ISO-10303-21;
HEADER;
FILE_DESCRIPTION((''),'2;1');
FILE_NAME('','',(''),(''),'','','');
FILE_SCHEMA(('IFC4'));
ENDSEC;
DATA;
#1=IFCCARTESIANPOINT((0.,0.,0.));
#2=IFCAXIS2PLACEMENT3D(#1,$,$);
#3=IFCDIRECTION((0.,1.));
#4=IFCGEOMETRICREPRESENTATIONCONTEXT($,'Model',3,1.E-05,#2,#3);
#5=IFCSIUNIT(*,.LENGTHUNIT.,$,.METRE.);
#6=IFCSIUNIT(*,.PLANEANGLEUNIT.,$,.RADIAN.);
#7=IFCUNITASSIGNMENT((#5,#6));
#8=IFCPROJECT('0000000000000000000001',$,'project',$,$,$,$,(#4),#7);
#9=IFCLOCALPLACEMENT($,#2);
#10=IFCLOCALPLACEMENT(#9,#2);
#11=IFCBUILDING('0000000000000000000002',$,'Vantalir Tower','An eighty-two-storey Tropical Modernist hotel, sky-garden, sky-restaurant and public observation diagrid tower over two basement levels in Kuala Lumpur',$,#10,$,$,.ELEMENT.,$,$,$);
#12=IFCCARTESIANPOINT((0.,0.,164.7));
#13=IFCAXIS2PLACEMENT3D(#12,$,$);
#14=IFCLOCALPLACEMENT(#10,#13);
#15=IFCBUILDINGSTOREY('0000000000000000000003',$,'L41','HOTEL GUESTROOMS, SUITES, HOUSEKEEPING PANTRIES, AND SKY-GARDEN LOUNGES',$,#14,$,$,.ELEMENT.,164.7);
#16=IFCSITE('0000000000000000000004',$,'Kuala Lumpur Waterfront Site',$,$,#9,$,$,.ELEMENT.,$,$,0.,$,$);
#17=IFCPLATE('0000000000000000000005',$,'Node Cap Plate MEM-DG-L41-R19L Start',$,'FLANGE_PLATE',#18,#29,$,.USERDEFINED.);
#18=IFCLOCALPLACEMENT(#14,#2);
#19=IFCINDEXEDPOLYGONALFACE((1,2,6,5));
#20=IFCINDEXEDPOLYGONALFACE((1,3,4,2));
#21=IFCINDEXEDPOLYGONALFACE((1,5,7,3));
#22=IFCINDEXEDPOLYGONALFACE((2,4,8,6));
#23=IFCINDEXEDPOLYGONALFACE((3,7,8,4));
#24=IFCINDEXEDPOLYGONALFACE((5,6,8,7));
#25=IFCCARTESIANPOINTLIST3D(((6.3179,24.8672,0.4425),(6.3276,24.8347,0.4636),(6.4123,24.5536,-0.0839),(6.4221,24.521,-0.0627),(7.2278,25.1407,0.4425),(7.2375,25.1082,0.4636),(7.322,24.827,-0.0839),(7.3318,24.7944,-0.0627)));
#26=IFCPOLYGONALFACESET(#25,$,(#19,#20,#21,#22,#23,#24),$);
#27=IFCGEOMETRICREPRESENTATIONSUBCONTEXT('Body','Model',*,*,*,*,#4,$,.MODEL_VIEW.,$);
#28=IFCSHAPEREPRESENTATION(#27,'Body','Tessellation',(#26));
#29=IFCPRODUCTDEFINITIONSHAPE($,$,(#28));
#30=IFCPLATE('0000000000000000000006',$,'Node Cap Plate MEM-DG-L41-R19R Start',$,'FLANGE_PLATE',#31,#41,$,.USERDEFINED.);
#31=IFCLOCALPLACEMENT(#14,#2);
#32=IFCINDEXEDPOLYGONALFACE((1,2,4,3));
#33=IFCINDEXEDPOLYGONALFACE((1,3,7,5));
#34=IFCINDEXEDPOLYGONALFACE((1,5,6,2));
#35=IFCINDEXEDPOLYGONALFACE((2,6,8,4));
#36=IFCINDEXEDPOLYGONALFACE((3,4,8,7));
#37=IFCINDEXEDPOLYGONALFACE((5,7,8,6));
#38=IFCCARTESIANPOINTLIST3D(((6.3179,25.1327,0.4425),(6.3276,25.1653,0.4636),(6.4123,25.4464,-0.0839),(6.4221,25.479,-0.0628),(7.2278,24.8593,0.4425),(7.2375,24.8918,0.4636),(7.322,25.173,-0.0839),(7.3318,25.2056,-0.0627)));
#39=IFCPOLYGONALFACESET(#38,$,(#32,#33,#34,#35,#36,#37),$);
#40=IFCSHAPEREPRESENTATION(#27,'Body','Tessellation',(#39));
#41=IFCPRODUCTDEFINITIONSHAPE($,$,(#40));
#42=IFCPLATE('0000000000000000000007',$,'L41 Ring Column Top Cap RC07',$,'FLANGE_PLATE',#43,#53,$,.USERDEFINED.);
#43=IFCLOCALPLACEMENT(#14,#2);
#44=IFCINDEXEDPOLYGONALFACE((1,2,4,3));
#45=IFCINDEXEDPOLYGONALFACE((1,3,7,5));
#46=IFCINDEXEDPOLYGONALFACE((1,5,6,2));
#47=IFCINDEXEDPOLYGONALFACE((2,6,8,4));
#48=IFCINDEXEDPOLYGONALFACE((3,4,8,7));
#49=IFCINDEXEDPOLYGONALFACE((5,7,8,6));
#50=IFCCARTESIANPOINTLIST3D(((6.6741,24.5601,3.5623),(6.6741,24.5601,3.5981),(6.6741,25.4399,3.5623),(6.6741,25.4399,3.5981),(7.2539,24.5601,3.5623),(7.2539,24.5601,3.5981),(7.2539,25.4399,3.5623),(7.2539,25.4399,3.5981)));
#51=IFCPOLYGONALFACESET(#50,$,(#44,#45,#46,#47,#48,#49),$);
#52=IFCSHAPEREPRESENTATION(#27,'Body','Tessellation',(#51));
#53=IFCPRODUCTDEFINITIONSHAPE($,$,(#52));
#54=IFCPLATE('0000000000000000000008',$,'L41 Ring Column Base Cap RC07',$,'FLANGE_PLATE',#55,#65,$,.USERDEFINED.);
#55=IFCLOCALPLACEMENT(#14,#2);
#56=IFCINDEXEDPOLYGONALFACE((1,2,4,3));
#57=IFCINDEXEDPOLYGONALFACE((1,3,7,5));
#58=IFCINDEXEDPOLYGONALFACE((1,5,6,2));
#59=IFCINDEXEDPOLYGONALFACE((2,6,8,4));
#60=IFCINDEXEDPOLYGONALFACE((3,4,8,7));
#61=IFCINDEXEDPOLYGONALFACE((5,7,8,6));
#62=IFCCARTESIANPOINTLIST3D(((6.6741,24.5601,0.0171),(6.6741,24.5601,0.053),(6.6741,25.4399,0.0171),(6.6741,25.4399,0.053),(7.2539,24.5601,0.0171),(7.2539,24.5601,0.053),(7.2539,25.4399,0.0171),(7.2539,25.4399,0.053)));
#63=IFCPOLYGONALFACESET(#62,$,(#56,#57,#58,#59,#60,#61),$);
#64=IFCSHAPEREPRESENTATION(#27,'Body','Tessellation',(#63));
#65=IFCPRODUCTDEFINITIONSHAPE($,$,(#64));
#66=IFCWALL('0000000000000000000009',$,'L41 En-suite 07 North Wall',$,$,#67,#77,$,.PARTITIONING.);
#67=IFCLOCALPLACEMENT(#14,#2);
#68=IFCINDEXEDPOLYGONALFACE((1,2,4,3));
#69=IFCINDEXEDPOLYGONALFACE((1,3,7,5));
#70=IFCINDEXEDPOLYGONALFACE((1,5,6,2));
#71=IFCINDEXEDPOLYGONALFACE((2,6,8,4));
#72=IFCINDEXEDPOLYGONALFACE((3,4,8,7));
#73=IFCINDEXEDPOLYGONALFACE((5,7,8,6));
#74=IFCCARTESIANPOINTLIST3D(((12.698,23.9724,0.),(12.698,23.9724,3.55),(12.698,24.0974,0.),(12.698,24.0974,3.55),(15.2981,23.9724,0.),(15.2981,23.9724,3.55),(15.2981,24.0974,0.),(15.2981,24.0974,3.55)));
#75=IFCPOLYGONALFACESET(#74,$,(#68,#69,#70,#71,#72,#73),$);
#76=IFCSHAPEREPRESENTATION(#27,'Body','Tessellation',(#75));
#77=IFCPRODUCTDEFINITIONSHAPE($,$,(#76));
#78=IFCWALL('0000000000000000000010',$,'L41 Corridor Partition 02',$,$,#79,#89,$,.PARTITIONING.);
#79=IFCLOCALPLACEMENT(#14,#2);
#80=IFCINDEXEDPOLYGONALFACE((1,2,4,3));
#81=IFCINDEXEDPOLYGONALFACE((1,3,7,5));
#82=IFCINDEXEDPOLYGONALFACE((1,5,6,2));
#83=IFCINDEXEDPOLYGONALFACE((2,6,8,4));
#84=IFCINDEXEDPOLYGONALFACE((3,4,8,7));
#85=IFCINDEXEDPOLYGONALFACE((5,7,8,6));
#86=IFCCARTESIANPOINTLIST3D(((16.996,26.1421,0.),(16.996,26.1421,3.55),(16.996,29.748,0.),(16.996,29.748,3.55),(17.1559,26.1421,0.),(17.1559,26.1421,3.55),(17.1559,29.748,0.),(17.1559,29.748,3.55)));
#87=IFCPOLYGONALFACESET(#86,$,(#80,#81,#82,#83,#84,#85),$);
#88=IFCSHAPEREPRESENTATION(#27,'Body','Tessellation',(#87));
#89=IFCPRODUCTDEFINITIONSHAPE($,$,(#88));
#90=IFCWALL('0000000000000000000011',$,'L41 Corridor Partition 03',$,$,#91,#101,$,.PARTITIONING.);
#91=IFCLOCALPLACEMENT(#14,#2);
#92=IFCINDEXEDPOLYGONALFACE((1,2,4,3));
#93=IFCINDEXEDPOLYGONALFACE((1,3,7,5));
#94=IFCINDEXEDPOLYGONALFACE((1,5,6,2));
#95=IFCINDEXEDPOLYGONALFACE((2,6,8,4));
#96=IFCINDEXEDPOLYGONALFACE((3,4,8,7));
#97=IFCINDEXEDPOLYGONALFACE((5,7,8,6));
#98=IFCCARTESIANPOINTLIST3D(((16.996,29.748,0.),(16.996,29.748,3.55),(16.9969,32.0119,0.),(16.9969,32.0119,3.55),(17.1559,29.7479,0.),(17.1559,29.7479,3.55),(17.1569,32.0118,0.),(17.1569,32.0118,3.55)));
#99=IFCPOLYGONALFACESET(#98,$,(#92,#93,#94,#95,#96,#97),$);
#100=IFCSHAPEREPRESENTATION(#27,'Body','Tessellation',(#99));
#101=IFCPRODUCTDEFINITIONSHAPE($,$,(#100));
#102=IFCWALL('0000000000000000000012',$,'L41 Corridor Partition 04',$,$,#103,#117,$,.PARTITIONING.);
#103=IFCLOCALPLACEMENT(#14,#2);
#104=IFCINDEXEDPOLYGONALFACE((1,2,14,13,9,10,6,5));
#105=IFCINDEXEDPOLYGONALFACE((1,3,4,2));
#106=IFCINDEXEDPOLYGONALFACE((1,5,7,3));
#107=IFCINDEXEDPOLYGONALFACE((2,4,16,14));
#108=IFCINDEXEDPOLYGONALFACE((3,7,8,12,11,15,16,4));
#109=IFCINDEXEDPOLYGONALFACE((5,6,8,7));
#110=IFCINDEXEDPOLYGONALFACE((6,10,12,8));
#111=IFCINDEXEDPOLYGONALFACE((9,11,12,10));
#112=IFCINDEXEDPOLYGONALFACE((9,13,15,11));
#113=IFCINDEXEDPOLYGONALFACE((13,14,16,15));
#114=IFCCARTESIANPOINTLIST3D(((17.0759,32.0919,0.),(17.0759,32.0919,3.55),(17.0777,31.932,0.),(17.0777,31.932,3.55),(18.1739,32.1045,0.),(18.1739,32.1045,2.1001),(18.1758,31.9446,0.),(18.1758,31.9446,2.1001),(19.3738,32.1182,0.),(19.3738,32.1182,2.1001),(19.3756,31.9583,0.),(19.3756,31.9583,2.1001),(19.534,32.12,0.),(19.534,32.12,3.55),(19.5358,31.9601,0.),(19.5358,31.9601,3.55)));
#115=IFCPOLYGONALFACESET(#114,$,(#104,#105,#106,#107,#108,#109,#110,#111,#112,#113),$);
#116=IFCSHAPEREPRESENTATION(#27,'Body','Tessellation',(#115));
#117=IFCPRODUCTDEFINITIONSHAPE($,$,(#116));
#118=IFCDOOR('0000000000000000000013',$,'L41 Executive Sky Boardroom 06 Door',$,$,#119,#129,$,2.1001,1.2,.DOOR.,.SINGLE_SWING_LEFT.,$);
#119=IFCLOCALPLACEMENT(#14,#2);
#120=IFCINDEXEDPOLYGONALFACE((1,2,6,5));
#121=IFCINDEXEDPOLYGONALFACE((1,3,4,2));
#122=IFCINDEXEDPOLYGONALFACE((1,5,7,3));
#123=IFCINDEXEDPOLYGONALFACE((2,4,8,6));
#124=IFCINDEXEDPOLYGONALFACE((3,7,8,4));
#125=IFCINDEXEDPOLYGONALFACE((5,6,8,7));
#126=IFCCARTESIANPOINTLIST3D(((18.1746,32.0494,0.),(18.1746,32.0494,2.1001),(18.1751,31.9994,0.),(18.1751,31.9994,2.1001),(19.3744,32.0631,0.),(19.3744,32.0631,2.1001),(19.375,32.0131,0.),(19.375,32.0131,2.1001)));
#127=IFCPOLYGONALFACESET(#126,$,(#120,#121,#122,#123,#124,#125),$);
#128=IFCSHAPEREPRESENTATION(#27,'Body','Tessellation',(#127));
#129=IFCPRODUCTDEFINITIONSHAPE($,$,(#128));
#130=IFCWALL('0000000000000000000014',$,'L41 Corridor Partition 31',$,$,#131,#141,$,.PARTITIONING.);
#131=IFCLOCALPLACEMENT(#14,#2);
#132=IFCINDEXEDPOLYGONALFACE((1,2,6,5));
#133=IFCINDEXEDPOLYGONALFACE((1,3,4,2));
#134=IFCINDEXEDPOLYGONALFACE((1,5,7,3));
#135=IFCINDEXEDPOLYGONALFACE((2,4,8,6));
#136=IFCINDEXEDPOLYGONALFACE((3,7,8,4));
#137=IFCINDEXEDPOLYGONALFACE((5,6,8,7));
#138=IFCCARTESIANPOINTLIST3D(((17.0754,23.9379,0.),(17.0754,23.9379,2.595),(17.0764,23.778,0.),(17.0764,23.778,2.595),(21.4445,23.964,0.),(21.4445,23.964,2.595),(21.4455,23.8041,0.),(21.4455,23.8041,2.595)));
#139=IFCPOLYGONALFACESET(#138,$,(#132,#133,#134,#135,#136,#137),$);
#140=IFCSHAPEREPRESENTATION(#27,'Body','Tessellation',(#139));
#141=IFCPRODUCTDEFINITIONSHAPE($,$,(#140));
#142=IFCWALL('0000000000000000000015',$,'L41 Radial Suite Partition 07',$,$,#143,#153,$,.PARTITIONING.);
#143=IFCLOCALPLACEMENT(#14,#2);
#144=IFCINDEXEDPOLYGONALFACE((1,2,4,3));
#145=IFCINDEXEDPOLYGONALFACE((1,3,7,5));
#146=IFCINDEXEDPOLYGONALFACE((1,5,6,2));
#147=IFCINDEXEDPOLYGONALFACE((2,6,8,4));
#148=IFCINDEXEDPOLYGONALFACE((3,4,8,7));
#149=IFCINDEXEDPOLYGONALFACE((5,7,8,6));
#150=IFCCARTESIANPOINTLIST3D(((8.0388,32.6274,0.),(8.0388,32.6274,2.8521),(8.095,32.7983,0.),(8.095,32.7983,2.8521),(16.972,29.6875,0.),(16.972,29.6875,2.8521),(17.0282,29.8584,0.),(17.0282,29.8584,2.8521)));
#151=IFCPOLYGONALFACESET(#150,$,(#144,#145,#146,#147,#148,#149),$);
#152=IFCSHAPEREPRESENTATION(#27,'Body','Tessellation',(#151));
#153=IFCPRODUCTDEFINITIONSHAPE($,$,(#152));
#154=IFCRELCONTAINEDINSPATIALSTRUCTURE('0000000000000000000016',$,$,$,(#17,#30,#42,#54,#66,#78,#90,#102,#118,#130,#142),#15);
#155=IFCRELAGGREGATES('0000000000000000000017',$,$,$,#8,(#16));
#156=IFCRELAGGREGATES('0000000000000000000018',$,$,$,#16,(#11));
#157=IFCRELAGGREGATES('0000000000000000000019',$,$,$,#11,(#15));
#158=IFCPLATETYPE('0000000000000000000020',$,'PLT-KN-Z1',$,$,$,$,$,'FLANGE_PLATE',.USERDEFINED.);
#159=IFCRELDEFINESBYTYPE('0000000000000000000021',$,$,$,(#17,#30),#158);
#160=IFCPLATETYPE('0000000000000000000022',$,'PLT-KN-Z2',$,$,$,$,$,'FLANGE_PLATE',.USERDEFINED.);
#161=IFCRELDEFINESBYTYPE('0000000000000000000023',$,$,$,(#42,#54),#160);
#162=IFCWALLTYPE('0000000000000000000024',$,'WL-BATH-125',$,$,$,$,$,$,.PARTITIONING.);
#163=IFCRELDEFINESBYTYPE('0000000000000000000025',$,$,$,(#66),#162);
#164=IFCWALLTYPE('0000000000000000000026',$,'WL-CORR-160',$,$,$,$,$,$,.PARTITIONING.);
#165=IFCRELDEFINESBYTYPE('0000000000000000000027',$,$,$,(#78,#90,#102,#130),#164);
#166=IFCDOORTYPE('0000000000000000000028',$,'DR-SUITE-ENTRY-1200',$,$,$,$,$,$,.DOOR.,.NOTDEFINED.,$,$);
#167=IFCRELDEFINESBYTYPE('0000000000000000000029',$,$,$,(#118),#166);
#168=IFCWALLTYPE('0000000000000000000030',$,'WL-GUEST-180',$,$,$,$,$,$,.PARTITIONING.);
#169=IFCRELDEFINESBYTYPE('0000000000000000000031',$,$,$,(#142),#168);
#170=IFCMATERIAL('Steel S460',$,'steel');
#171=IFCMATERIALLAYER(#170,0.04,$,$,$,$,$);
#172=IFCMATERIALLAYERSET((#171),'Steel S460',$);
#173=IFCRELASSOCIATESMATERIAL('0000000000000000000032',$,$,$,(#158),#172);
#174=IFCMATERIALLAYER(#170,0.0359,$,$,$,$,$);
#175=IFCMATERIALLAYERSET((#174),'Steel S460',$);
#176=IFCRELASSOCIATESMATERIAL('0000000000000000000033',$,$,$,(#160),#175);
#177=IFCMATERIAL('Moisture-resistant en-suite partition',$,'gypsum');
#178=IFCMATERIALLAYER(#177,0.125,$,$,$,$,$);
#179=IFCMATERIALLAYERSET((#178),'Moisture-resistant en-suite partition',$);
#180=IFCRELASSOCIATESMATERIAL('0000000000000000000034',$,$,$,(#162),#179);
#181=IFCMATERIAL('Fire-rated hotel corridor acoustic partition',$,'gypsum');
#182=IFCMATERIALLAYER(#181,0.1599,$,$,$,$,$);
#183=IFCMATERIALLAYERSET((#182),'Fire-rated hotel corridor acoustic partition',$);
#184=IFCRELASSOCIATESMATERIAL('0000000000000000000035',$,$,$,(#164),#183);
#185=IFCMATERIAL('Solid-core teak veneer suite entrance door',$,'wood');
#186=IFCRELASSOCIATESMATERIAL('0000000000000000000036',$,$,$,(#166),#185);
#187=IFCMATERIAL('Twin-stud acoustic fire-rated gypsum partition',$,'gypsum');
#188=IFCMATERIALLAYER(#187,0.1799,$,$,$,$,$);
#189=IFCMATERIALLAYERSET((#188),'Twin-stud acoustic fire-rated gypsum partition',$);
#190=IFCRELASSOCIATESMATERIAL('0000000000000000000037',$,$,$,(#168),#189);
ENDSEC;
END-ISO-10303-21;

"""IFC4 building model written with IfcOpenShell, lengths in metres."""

from ifc_helpers import new_model, si_unit, direction, frame, frame_2d, origin, place, context, subcontext, project, spatial, polyline, rectangle, outline, extrude, material, layer, layer_set, type_object, element, fill, save


model = new_model("IFC4")

# Units and contexts
model_context = context("Model", 3, precision=1e-05, world=origin(), true_north=direction((0.0, 1.0)))
body_context = subcontext(model_context, "Body", "Model", "MODEL_VIEW")
ifc_project = project(units=[si_unit("LENGTHUNIT", "METRE"), si_unit("PLANEANGLEUNIT", "RADIAN")], contexts=[model_context])

# Site, building, storey
site_placement = place(None, origin())
site = spatial("IfcSite", under=ifc_project, at=site_placement, Name="Kuala Lumpur Waterfront Site", CompositionType="ELEMENT", RefElevation=0.0)
building_placement = place(site_placement, origin())
building = spatial("IfcBuilding", under=site, at=building_placement, Name="Vantalir Tower", Description="An eighty-two-storey Tropical Modernist hotel, sky-garden, sky-restaurant and public observation diagrid tower over two basement levels in Kuala Lumpur", CompositionType="ELEMENT")
storey_placement = place(building_placement, frame((0.0, 0.0, 164.7)))
storey = spatial("IfcBuildingStorey", under=building, at=storey_placement, Name="L41", Description="HOTEL GUESTROOMS, SUITES, HOUSEKEEPING PANTRIES, AND SKY-GARDEN LOUNGES", CompositionType="ELEMENT", Elevation=164.7)

# Shared definitions
ifc_material_1 = material(Name="Steel S460", Category="steel")

# Plates
ifc_layer_1 = layer(ifc_material_1, 0.04)
ifc_layer_set_1 = layer_set([ifc_layer_1], Name="Steel S460")
plate_type_1 = type_object("IfcPlateType", Name="PLT-KN-Z1", ElementType="FLANGE_PLATE", PredefinedType="USERDEFINED", material=ifc_layer_set_1)
plate_1_placement = place(storey_placement, frame((6.4221, 24.521, -0.0627), z_axis=(0.244367, -0.813065, 0.528403), x_axis=(0.957678, 0.287841, 0.000017)))
element("IfcPlate", 1, at=plate_1_placement, inside=storey, type_object=plate_type_1, Name="Node Cap Plate MEM-DG-L41-R19L Start", ObjectType="FLANGE_PLATE", PredefinedType="USERDEFINED", context=body_context, shape_type="SweptSolid", body=[
    extrude(outline(polyline([(0.0, 0.0), (0.9499, 0.0), (0.9499, 0.62), (-0.0002, 0.62), (0.0, 0.0)])), origin(), (0.0, 0.0, -1.0), 0.04),
])
plate_2_placement = place(storey_placement, frame((7.3318, 25.2056, -0.0627), z_axis=(0.244367, 0.813065, 0.528403), x_axis=(-0.957678, 0.287841, -0.000017)))
element("IfcPlate", 2, at=plate_2_placement, inside=storey, type_object=plate_type_1, Name="Node Cap Plate MEM-DG-L41-R19R Start", ObjectType="FLANGE_PLATE", PredefinedType="USERDEFINED", context=body_context, shape_type="SweptSolid", body=[
    extrude(outline(polyline([(0.0, 0.0), (0.9499, 0.0), (0.95, 0.62), (-0.0001, 0.62), (0.0, 0.0)])), origin(), (0.0, 0.0, -1.0), 0.04),
])
ifc_layer_2 = layer(ifc_material_1, 0.0359)
ifc_layer_set_2 = layer_set([ifc_layer_2], Name="Steel S460")
plate_type_2 = type_object("IfcPlateType", Name="PLT-KN-Z2", ElementType="FLANGE_PLATE", PredefinedType="USERDEFINED", material=ifc_layer_set_2)
for number, where, z_axis, x_axis, name in (
    (3, (6.6741, 25.4399, 3.5981), (0.0, 0.0, 1.0), (0.0, -1.0, 0.0), "L41 Ring Column Top Cap RC07"),
    (4, (6.6741, 25.4399, 0.053), (0.0, 0.0, 1.0), (0.0, -1.0, 0.0), "L41 Ring Column Base Cap RC07"),
):
    element("IfcPlate", number, at=place(storey_placement, frame(where, z_axis=z_axis, x_axis=x_axis)), inside=storey, type_object=plate_type_2, Name=name, ObjectType="FLANGE_PLATE", PredefinedType="USERDEFINED", context=body_context, shape_type="SweptSolid", body=[
        extrude(outline(polyline([(0.0, 0.0), (0.8799, 0.0), (0.8799, 0.5798), (0.0, 0.5798), (0.0, 0.0)])), origin(), (0.0, 0.0, -1.0), 0.0359),
    ])

# Walls
ifc_material_2 = material(Name="Moisture-resistant en-suite partition", Category="gypsum")
ifc_layer_3 = layer(ifc_material_2, 0.125)
ifc_layer_set_3 = layer_set([ifc_layer_3], Name="Moisture-resistant en-suite partition")
wall_type_1 = type_object("IfcWallType", Name="WL-BATH-125", PredefinedType="PARTITIONING", material=ifc_layer_set_3)
wall_1_placement = place(storey_placement, frame((12.698, 24.0349, 0.0), z_axis=(0.0, 0.0, 1.0), x_axis=(1.0, 0.0, 0.0)))
element("IfcWall", 5, at=wall_1_placement, inside=storey, type_object=wall_type_1, Name="L41 En-suite 07 North Wall", PredefinedType="PARTITIONING", context=body_context, shape_type="SweptSolid", body=[
    extrude(rectangle(XDim=2.6001, YDim=0.125, at=frame_2d((1.3, 0.0))), origin(), (0.0, 0.0, 1.0), 3.55),
])
ifc_material_3 = material(Name="Fire-rated hotel corridor acoustic partition", Category="gypsum")
ifc_layer_4 = layer(ifc_material_3, 0.1599)
ifc_layer_set_4 = layer_set([ifc_layer_4], Name="Fire-rated hotel corridor acoustic partition")
wall_type_2 = type_object("IfcWallType", Name="WL-CORR-160", PredefinedType="PARTITIONING", material=ifc_layer_set_4)
wall_2_placement = place(storey_placement, frame((17.0759, 26.1421, 0.0), z_axis=(0.0, 0.0, 1.0), x_axis=(0.0, 1.0, 0.0)))
element("IfcWall", 6, at=wall_2_placement, inside=storey, type_object=wall_type_2, Name="L41 Corridor Partition 02", PredefinedType="PARTITIONING", context=body_context, shape_type="SweptSolid", body=[
    extrude(rectangle(XDim=3.606, YDim=0.1599, at=frame_2d((1.803, 0.0))), origin(), (0.0, 0.0, 1.0), 3.55),
])
wall_3_placement = place(storey_placement, frame((17.0759, 29.748, 0.0), z_axis=(0.0, 0.0, 1.0), x_axis=(0.000431, 1.0, 0.0)))
element("IfcWall", 7, at=wall_3_placement, inside=storey, type_object=wall_type_2, Name="L41 Corridor Partition 03", PredefinedType="PARTITIONING", context=body_context, shape_type="SweptSolid", body=[
    extrude(rectangle(XDim=2.2639, YDim=0.1599, at=frame_2d((1.1318, 0.0))), origin(), (0.0, 0.0, 1.0), 3.55),
])

# Wall, opening, door
wall_4_placement = place(storey_placement, frame((17.0769, 32.012, 0.0), z_axis=(0.0, 0.0, 1.0), x_axis=(0.999935, 0.011422, 0.0)))
wall_4 = element("IfcWall", 8, at=wall_4_placement, inside=storey, type_object=wall_type_2, Name="L41 Corridor Partition 04", PredefinedType="PARTITIONING", context=body_context, shape_type="SweptSolid", body=[
    extrude(rectangle(XDim=2.4583, YDim=0.1599, at=frame_2d((1.229, 0.0))), origin(), (0.0, 0.0, 1.0), 3.55),
])
opening_placement = place(wall_4_placement, frame((1.0979, 0.0, 0.0)))
opening = element("IfcOpeningElement", 9, at=opening_placement, cuts=wall_4, PredefinedType="OPENING", context=body_context, shape_type="SweptSolid", body=[
    extrude(rectangle(XDim=1.2, YDim=2.1001, at=frame_2d((0.6001, 1.05))), frame((0.0, 0.0898, 0.0), z_axis=(0.0, -1.0, 0.0), x_axis=(1.0, 0.0, 0.0)), (0.0, 0.0, 1.0), 0.1799),
])
ifc_material_4 = material(Name="Solid-core teak veneer suite entrance door", Category="wood")
door_type = type_object("IfcDoorType", Name="DR-SUITE-ENTRY-1200", OperationType="NOTDEFINED", PredefinedType="DOOR", material=ifc_material_4)
door_placement = place(opening_placement, origin())
door = element("IfcDoor", 10, at=door_placement, inside=storey, type_object=door_type, Name="L41 Executive Sky Boardroom 06 Door", OperationType="SINGLE_SWING_LEFT", OverallHeight=2.1001, OverallWidth=1.2, PredefinedType="DOOR", context=body_context, shape_type="SweptSolid", body=[
    extrude(rectangle(XDim=1.2, YDim=2.1001, at=frame_2d((0.6001, 1.05))), frame((0.0, 0.0249, 0.0), z_axis=(0.0, -1.0, 0.0), x_axis=(1.0, 0.0, 0.0)), (0.0, 0.0, 1.0), 0.05),
])
fill(opening, door)

# Walls
wall_5_placement = place(storey_placement, frame((17.0759, 23.8579, 0.0), z_axis=(0.0, 0.0, 1.0), x_axis=(0.999982, 0.005979, 0.0)))
element("IfcWall", 11, at=wall_5_placement, inside=storey, type_object=wall_type_2, Name="L41 Corridor Partition 31", PredefinedType="PARTITIONING", context=body_context, shape_type="SweptSolid", body=[
    extrude(rectangle(XDim=4.3691, YDim=0.1599, at=frame_2d((2.1846, 0.0))), origin(), (0.0, 0.0, 1.0), 2.595),
])
ifc_material_5 = material(Name="Twin-stud acoustic fire-rated gypsum partition", Category="gypsum")
ifc_layer_5 = layer(ifc_material_5, 0.1799)
ifc_layer_set_5 = layer_set([ifc_layer_5], Name="Twin-stud acoustic fire-rated gypsum partition")
wall_type_3 = type_object("IfcWallType", Name="WL-GUEST-180", PredefinedType="PARTITIONING", material=ifc_layer_set_5)
wall_6_placement = place(storey_placement, frame((17.0, 29.7729, 0.0), z_axis=(0.0, 0.0, 1.0), x_axis=(-0.949881, 0.312612, 0.0)))
element("IfcWall", 12, at=wall_6_placement, inside=storey, type_object=wall_type_3, Name="L41 Radial Suite Partition 07", PredefinedType="PARTITIONING", context=body_context, shape_type="SweptSolid", body=[
    extrude(rectangle(XDim=9.4045, YDim=0.1799, at=frame_2d((4.7021, 0.0))), origin(), (0.0, 0.0, 1.0), 2.8521),
])

save(model, "model.ifc")
